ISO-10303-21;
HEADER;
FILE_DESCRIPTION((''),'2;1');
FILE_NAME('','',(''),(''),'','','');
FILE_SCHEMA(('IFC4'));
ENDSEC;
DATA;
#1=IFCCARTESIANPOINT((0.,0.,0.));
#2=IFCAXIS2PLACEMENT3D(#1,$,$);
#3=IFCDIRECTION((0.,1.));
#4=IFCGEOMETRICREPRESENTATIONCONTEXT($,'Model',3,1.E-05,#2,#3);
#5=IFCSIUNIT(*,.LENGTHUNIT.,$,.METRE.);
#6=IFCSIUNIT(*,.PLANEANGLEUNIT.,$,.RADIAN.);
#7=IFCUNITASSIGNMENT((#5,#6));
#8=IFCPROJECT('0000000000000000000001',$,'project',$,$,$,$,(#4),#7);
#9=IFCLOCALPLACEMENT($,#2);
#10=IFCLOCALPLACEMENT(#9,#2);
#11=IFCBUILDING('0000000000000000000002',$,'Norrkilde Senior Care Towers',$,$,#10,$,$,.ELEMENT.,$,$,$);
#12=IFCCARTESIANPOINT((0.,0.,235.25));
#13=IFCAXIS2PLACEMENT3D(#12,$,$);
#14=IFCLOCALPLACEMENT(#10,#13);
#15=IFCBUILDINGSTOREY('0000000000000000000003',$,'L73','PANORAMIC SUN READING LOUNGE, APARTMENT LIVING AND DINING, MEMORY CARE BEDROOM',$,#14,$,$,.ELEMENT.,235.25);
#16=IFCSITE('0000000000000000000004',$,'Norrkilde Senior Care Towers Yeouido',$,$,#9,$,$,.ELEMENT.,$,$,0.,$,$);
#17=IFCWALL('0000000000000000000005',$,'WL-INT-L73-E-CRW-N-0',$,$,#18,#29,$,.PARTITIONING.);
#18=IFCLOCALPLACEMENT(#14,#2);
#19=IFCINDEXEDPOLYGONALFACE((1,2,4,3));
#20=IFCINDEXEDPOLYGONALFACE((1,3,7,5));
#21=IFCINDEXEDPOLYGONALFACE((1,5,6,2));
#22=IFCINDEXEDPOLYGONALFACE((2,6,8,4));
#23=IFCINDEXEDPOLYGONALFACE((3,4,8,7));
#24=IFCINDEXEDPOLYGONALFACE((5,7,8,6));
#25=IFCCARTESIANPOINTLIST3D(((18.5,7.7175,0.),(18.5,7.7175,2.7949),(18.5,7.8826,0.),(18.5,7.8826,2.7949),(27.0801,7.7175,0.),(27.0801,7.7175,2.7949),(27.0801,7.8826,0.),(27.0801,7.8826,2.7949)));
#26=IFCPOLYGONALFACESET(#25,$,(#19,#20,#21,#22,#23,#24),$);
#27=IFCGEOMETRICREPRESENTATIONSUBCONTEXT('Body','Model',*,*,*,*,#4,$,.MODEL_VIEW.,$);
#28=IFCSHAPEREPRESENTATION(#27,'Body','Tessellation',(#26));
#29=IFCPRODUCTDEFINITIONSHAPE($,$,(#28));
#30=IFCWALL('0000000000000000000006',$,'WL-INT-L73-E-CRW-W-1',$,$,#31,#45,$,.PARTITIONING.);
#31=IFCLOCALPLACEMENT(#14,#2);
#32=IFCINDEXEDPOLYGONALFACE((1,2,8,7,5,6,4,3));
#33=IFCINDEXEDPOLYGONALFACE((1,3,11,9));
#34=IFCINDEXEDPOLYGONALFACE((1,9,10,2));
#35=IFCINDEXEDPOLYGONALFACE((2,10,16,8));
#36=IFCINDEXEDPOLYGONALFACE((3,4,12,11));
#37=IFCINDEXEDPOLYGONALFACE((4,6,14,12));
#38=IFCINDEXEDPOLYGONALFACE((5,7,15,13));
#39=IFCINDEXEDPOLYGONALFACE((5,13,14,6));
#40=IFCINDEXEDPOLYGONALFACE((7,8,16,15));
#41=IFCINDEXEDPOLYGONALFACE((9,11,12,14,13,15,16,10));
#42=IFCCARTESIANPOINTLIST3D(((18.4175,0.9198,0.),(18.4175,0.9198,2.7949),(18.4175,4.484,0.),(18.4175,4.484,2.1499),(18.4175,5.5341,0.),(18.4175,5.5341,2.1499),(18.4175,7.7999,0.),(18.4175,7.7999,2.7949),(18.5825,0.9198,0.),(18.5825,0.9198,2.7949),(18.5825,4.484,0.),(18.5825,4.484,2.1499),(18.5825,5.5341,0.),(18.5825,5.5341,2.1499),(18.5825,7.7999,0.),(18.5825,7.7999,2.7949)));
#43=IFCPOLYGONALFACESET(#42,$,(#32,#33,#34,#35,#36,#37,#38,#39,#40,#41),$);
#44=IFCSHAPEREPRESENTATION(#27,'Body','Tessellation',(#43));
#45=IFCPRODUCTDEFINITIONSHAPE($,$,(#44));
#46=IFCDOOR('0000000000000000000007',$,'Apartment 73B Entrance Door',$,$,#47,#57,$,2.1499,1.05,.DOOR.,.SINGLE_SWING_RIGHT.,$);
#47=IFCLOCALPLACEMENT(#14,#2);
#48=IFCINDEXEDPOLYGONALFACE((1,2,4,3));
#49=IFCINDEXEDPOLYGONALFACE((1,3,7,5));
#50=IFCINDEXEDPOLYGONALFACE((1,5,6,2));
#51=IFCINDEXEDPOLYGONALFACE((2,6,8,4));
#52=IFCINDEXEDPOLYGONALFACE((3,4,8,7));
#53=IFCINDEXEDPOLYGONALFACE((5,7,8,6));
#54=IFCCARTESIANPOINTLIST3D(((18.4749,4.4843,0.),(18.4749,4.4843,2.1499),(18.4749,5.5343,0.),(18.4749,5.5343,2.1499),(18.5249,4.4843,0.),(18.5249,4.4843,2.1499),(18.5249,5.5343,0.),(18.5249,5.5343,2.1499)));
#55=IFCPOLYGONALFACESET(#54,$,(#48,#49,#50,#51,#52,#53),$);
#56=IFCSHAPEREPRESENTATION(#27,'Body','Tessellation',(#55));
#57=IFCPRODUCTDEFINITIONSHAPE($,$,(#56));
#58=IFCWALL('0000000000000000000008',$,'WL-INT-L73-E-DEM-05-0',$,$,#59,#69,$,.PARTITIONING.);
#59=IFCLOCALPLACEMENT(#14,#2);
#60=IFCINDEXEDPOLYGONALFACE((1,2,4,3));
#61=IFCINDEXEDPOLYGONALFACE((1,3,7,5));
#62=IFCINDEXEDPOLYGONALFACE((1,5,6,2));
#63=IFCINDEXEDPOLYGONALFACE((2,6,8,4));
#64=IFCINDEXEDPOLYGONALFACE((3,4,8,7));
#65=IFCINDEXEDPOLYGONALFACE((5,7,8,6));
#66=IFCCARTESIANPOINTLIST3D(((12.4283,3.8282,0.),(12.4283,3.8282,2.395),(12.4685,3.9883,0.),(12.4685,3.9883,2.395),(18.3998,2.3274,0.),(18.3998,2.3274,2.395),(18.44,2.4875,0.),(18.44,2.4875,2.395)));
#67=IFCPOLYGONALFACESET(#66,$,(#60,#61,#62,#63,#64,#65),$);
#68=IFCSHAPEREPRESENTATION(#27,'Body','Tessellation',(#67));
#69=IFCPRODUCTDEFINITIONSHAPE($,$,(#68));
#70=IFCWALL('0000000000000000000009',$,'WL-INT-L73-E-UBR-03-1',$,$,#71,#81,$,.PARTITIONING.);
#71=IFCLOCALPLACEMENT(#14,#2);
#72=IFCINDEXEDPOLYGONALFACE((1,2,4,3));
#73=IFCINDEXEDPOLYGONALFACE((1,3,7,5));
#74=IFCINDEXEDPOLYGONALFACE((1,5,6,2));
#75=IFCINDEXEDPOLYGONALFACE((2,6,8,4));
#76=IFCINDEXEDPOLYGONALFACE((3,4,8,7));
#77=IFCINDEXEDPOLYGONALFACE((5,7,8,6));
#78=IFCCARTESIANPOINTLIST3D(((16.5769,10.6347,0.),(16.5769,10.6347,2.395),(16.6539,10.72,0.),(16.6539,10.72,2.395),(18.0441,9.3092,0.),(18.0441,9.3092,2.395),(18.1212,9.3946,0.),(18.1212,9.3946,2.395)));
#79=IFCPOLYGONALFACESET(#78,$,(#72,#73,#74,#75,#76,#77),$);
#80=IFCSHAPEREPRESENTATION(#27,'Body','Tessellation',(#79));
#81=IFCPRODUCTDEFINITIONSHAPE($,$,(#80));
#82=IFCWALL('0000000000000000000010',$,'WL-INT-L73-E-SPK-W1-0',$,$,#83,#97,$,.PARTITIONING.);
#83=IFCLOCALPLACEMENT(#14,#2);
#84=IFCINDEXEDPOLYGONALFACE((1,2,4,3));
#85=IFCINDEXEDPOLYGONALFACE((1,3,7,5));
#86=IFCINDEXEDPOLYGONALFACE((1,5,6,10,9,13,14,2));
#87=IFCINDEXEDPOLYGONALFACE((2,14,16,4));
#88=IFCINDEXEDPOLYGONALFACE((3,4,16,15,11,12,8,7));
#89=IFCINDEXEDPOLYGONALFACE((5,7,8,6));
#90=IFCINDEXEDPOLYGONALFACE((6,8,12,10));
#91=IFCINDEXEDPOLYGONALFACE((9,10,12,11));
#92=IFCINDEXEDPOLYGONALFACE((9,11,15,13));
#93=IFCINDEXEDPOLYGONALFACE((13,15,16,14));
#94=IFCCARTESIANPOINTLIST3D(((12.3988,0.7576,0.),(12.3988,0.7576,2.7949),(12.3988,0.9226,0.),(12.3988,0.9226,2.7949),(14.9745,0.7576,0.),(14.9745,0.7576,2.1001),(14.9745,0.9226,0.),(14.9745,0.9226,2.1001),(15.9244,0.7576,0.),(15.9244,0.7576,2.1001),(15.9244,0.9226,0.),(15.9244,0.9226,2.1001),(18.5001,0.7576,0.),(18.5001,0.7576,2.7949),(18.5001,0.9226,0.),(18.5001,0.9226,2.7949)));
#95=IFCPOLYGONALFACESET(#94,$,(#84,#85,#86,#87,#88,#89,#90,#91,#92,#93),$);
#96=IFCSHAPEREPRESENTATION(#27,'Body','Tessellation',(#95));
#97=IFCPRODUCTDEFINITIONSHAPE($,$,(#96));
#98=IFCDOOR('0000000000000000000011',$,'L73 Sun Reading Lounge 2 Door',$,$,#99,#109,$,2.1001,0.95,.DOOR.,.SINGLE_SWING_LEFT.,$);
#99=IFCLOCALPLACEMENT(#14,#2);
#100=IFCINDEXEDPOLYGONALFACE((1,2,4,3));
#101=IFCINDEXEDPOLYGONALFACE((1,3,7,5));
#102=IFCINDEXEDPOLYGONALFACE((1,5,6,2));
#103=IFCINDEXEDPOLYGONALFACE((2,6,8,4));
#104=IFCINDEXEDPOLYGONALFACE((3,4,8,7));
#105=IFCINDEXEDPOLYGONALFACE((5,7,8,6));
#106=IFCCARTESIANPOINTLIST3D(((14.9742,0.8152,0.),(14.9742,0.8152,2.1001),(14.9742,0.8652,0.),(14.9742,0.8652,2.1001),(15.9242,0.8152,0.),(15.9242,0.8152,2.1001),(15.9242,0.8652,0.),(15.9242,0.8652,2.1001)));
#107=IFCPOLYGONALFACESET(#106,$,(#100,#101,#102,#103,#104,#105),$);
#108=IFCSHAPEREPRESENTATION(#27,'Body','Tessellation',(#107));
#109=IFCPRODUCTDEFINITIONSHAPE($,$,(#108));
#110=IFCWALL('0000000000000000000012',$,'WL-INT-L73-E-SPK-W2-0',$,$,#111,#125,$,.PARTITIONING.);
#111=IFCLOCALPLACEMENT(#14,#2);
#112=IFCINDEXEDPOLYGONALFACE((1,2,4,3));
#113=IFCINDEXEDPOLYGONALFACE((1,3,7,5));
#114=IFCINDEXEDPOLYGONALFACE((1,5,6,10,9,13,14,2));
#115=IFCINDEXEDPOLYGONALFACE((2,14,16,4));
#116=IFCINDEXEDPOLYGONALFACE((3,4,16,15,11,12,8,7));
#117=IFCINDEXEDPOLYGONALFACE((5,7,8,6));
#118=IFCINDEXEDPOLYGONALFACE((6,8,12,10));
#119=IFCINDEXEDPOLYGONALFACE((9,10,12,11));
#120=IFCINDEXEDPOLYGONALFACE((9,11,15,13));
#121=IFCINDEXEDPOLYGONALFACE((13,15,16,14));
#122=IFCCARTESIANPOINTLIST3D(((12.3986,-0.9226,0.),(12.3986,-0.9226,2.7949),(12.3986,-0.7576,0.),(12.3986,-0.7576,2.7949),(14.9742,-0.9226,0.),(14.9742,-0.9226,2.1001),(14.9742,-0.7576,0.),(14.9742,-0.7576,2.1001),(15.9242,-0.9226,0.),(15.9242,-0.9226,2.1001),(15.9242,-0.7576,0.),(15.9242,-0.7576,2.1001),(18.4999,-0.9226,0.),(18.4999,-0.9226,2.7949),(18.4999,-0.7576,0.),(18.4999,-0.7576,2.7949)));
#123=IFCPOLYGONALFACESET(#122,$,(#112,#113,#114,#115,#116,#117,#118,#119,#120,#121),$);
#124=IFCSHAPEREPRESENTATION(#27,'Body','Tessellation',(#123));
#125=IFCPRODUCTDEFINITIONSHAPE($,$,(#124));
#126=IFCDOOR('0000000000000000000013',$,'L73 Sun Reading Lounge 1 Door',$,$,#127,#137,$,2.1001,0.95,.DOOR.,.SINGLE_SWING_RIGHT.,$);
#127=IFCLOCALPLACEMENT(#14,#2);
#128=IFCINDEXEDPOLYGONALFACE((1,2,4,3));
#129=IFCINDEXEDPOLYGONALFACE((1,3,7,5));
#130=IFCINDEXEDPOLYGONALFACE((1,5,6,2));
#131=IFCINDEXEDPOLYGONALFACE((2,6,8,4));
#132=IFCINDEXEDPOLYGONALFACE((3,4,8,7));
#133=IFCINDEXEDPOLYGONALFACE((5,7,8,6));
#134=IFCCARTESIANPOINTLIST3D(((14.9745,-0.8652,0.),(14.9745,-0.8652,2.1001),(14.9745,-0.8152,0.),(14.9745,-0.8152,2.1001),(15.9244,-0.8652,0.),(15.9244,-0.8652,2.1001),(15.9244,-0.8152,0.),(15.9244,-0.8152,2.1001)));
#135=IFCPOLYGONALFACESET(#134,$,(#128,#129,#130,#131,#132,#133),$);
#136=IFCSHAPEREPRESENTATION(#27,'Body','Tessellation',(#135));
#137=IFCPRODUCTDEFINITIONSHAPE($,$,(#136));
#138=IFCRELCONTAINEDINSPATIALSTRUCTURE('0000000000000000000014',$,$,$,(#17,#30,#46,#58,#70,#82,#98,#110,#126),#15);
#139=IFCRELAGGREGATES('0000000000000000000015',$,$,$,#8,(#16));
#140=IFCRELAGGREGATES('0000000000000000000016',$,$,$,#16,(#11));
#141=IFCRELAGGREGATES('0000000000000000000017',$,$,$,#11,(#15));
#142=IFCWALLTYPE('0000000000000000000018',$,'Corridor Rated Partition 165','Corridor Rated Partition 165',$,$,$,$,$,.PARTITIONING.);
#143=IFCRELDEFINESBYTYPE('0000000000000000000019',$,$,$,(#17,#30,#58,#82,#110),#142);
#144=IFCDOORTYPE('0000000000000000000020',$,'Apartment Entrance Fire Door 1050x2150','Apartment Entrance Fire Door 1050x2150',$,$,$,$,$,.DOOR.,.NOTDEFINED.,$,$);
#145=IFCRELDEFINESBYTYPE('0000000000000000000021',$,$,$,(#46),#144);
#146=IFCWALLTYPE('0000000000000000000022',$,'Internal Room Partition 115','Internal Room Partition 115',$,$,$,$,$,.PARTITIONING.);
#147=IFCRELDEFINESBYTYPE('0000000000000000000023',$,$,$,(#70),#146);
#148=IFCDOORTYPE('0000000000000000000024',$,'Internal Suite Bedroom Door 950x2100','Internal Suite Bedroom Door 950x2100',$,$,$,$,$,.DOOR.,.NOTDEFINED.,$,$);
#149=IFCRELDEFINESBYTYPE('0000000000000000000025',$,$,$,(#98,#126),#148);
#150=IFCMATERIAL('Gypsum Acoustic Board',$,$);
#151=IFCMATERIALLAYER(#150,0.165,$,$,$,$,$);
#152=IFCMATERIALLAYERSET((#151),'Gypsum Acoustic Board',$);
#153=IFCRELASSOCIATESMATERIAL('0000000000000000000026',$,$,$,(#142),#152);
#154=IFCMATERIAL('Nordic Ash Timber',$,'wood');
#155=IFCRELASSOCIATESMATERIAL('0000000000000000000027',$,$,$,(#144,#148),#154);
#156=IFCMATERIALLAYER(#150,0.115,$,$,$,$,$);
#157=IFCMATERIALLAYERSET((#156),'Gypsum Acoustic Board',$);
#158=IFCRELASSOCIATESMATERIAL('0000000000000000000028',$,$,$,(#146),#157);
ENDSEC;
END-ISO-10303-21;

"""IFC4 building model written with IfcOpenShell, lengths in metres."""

from ifc_helpers import new_model, si_unit, direction, frame, frame_2d, origin, place, context, subcontext, project, spatial, rectangle, extrude, source, transform, mapped, material, layer, layer_set, type_object, type_shapes, element, fill, save


model = new_model("IFC4")

# Units and contexts
model_context = context("Model", 3, precision=1e-05, world=origin(), true_north=direction((0.0, 1.0)))
body_context = subcontext(model_context, "Body", "Model", "MODEL_VIEW")
ifc_project = project(units=[si_unit("LENGTHUNIT", "METRE"), si_unit("PLANEANGLEUNIT", "RADIAN")], contexts=[model_context])

# Site, building, storey
site_placement = place(None, origin())
site = spatial("IfcSite", under=ifc_project, at=site_placement, Name="Norrkilde Senior Care Towers Yeouido", CompositionType="ELEMENT", RefElevation=0.0)
building_placement = place(site_placement, origin())
building = spatial("IfcBuilding", under=site, at=building_placement, Name="Norrkilde Senior Care Towers", CompositionType="ELEMENT")
storey_placement = place(building_placement, frame((0.0, 0.0, 235.25)))
storey = spatial("IfcBuildingStorey", under=building, at=storey_placement, Name="L73", Description="PANORAMIC SUN READING LOUNGE, APARTMENT LIVING AND DINING, MEMORY CARE BEDROOM", CompositionType="ELEMENT", Elevation=235.25)

# Wall
ifc_material_1 = material(Name="Gypsum Acoustic Board")
ifc_layer_1 = layer(ifc_material_1, 0.165)
ifc_layer_set_1 = layer_set([ifc_layer_1], Name="Gypsum Acoustic Board")
wall_type_1 = type_object("IfcWallType", Name="Corridor Rated Partition 165", Description="Corridor Rated Partition 165", PredefinedType="PARTITIONING", material=ifc_layer_set_1)
shared_shape_1 = source(origin(), body_context, "Body", "SweptSolid", [
    extrude(rectangle(XDim=8.5801, YDim=0.165, at=frame_2d((4.29, 0.0))), origin(), (0.0, 0.0, 1.0), 2.7949),
])
wall_1_placement = place(storey_placement, frame((18.5, 7.8, 0.0), z_axis=(0.0, 0.0, 1.0), x_axis=(1.0, 0.0, 0.0)))
element("IfcWall", 1, at=wall_1_placement, inside=storey, type_object=wall_type_1, Name="WL-INT-L73-E-CRW-N-0", PredefinedType="PARTITIONING", context=body_context, shape_type="MappedRepresentation", body=[
    mapped(shared_shape_1, transform((0.0, 0.0, 0.0), x_axis=(1.0, 0.0, 0.0), y_axis=(0.0, 1.0, 0.0), z_axis=(0.0, 0.0, 1.0), scale=1.0)),
])

# Wall, opening, door
shared_shape_2 = source(origin(), body_context, "Body", "SweptSolid", [
    extrude(rectangle(XDim=6.8801, YDim=0.165, at=frame_2d((3.4399, 0.0))), origin(), (0.0, 0.0, 1.0), 2.7949),
])
wall_2_placement = place(storey_placement, frame((18.5, 0.9199, 0.0), z_axis=(0.0, 0.0, 1.0), x_axis=(0.0, 1.0, 0.0)))
wall_2 = element("IfcWall", 2, at=wall_2_placement, inside=storey, type_object=wall_type_1, Name="WL-INT-L73-E-CRW-W-1", PredefinedType="PARTITIONING", context=body_context, shape_type="MappedRepresentation", body=[
    mapped(shared_shape_2, transform((0.0, 0.0, 0.0), x_axis=(1.0, 0.0, 0.0), y_axis=(0.0, 1.0, 0.0), z_axis=(0.0, 0.0, 1.0), scale=1.0)),
])
opening_1_placement = place(wall_2_placement, frame((3.5642, 0.0, 0.0)))
opening_1 = element("IfcOpeningElement", 3, at=opening_1_placement, cuts=wall_2, PredefinedType="OPENING", context=body_context, shape_type="SweptSolid", body=[
    extrude(rectangle(XDim=1.05, YDim=2.1499, at=frame_2d((0.5249, 1.075))), frame((0.0, 0.0925, 0.0), z_axis=(0.0, -1.0, 0.0), x_axis=(1.0, 0.0, 0.0)), (0.0, 0.0, 1.0), 0.1851),
])
ifc_material_2 = material(Name="Nordic Ash Timber", Category="wood")
door_type_1 = type_object("IfcDoorType", Name="Apartment Entrance Fire Door 1050x2150", Description="Apartment Entrance Fire Door 1050x2150", OperationType="NOTDEFINED", PredefinedType="DOOR", material=ifc_material_2)
shared_shape_3 = source(origin(), body_context, "Body", "SweptSolid", [
    extrude(rectangle(XDim=1.05, YDim=2.1499, at=frame_2d((0.5249, 1.075))), frame((0.0, 0.0249, 0.0), z_axis=(0.0, -1.0, 0.0), x_axis=(1.0, 0.0, 0.0)), (0.0, 0.0, 1.0), 0.05),
])
type_shapes(door_type_1, [shared_shape_3])
door_1_placement = place(opening_1_placement, frame((1.05, 0.0, 0.0), z_axis=(0.0, 0.0, 1.0), x_axis=(-1.0, 0.0, 0.0)))
door_1 = element("IfcDoor", 4, at=door_1_placement, inside=storey, type_object=door_type_1, Name="Apartment 73B Entrance Door", OperationType="SINGLE_SWING_RIGHT", OverallHeight=2.1499, OverallWidth=1.05, PredefinedType="DOOR", context=body_context, shape_type="MappedRepresentation", body=[
    mapped(shared_shape_3, transform((0.0, 0.0, 0.0), x_axis=(1.0, 0.0, 0.0), y_axis=(0.0, 1.0, 0.0), z_axis=(0.0, 0.0, 1.0), scale=1.0)),
])
fill(opening_1, door_1)

# Walls
shared_shape_4 = source(origin(), body_context, "Body", "SweptSolid", [
    extrude(rectangle(XDim=6.1572, YDim=0.165, at=frame_2d((3.0786, 0.0))), origin(), (0.0, 0.0, 1.0), 2.395),
])
wall_3_placement = place(storey_placement, frame((18.4199, 2.4075, 0.0), z_axis=(0.0, 0.0, 1.0), x_axis=(-0.969841, 0.243739, 0.0)))
element("IfcWall", 5, at=wall_3_placement, inside=storey, type_object=wall_type_1, Name="WL-INT-L73-E-DEM-05-0", PredefinedType="PARTITIONING", context=body_context, shape_type="MappedRepresentation", body=[
    mapped(shared_shape_4, transform((0.0, 0.0, 0.0), x_axis=(1.0, 0.0, 0.0), y_axis=(0.0, 1.0, 0.0), z_axis=(0.0, 0.0, 1.0), scale=1.0)),
])
ifc_layer_2 = layer(ifc_material_1, 0.115)
ifc_layer_set_2 = layer_set([ifc_layer_2], Name="Gypsum Acoustic Board")
wall_type_2 = type_object("IfcWallType", Name="Internal Room Partition 115", Description="Internal Room Partition 115", PredefinedType="PARTITIONING", material=ifc_layer_set_2)
shared_shape_5 = source(origin(), body_context, "Body", "SweptSolid", [
    extrude(rectangle(XDim=1.9773, YDim=0.115, at=frame_2d((0.9888, 0.0))), origin(), (0.0, 0.0, 1.0), 2.395),
])
wall_4_placement = place(storey_placement, frame((18.0828, 9.3518, 0.0), z_axis=(0.0, 0.0, 1.0), x_axis=(-0.742065, 0.670328, 0.0)))
element("IfcWall", 6, at=wall_4_placement, inside=storey, type_object=wall_type_2, Name="WL-INT-L73-E-UBR-03-1", PredefinedType="PARTITIONING", context=body_context, shape_type="MappedRepresentation", body=[
    mapped(shared_shape_5, transform((0.0, 0.0, 0.0), x_axis=(1.0, 0.0, 0.0), y_axis=(0.0, 1.0, 0.0), z_axis=(0.0, 0.0, 1.0), scale=1.0)),
])

# Walls, openings, doors
shared_shape_6 = source(origin(), body_context, "Body", "SweptSolid", [
    extrude(rectangle(XDim=6.1013, YDim=0.165, at=frame_2d((3.0508, 0.0))), origin(), (0.0, 0.0, 1.0), 2.7949),
])
type_shapes(wall_type_1, [shared_shape_1, shared_shape_2, shared_shape_4, shared_shape_6])
wall_5_placement = place(storey_placement, frame((12.3987, 0.8401, 0.0), z_axis=(0.0, 0.0, 1.0), x_axis=(1.0, 0.0, 0.0)))
wall_5 = element("IfcWall", 7, at=wall_5_placement, inside=storey, type_object=wall_type_1, Name="WL-INT-L73-E-SPK-W1-0", PredefinedType="PARTITIONING", context=body_context, shape_type="MappedRepresentation", body=[
    mapped(shared_shape_6, transform((0.0, 0.0, 0.0), x_axis=(1.0, 0.0, 0.0), y_axis=(0.0, 1.0, 0.0), z_axis=(0.0, 0.0, 1.0), scale=1.0)),
])
opening_2_placement = place(wall_5_placement, frame((2.5757, 0.0, 0.0)))
opening_2 = element("IfcOpeningElement", 8, at=opening_2_placement, cuts=wall_5, PredefinedType="OPENING", context=body_context, shape_type="SweptSolid", body=[
    extrude(rectangle(XDim=0.95, YDim=2.1001, at=frame_2d((0.4751, 1.05))), frame((0.0, 0.0925, 0.0), z_axis=(0.0, -1.0, 0.0), x_axis=(1.0, 0.0, 0.0)), (0.0, 0.0, 1.0), 0.1851),
])
door_type_2 = type_object("IfcDoorType", Name="Internal Suite Bedroom Door 950x2100", Description="Internal Suite Bedroom Door 950x2100", OperationType="NOTDEFINED", PredefinedType="DOOR", material=ifc_material_2)
shared_shape_7 = source(origin(), body_context, "Body", "SweptSolid", [
    extrude(rectangle(XDim=0.95, YDim=2.1001, at=frame_2d((0.4751, 1.05))), frame((0.0, 0.0249, 0.0), z_axis=(0.0, -1.0, 0.0), x_axis=(1.0, 0.0, 0.0)), (0.0, 0.0, 1.0), 0.05),
])
type_shapes(door_type_2, [shared_shape_7])
door_2_placement = place(opening_2_placement, frame((0.95, 0.0, 0.0), z_axis=(0.0, 0.0, 1.0), x_axis=(-1.0, 0.0, 0.0)))
door_2 = element("IfcDoor", 9, at=door_2_placement, inside=storey, type_object=door_type_2, Name="L73 Sun Reading Lounge 2 Door", OperationType="SINGLE_SWING_LEFT", OverallHeight=2.1001, OverallWidth=0.95, PredefinedType="DOOR", context=body_context, shape_type="MappedRepresentation", body=[
    mapped(shared_shape_7, transform((0.0, 0.0, 0.0), x_axis=(1.0, 0.0, 0.0), y_axis=(0.0, 1.0, 0.0), z_axis=(0.0, 0.0, 1.0), scale=1.0)),
])
fill(opening_2, door_2)
wall_6_placement = place(storey_placement, frame((18.5, -0.8401, 0.0), z_axis=(0.0, 0.0, 1.0), x_axis=(-1.0, 0.0, 0.0)))
wall_6 = element("IfcWall", 10, at=wall_6_placement, inside=storey, type_object=wall_type_1, Name="WL-INT-L73-E-SPK-W2-0", PredefinedType="PARTITIONING", context=body_context, shape_type="MappedRepresentation", body=[
    mapped(shared_shape_6, transform((0.0, 0.0, 0.0), x_axis=(1.0, 0.0, 0.0), y_axis=(0.0, 1.0, 0.0), z_axis=(0.0, 0.0, 1.0), scale=1.0)),
])
opening_3_placement = place(wall_6_placement, frame((2.5757, 0.0, 0.0)))
opening_3 = element("IfcOpeningElement", 11, at=opening_3_placement, cuts=wall_6, PredefinedType="OPENING", context=body_context, shape_type="SweptSolid", body=[
    extrude(rectangle(XDim=0.95, YDim=2.1001, at=frame_2d((0.4751, 1.05))), frame((0.0, 0.0925, 0.0), z_axis=(0.0, -1.0, 0.0), x_axis=(1.0, 0.0, 0.0)), (0.0, 0.0, 1.0), 0.1851),
])
door_3_placement = place(opening_3_placement, frame((0.95, 0.0, 0.0), z_axis=(0.0, 0.0, 1.0), x_axis=(-1.0, 0.0, 0.0)))
door_3 = element("IfcDoor", 12, at=door_3_placement, inside=storey, type_object=door_type_2, Name="L73 Sun Reading Lounge 1 Door", OperationType="SINGLE_SWING_RIGHT", OverallHeight=2.1001, OverallWidth=0.95, PredefinedType="DOOR", context=body_context, shape_type="MappedRepresentation", body=[
    mapped(shared_shape_7, transform((0.0, 0.0, 0.0), x_axis=(1.0, 0.0, 0.0), y_axis=(0.0, 1.0, 0.0), z_axis=(0.0, 0.0, 1.0), scale=1.0)),
])
fill(opening_3, door_3)

save(model, "model.ifc")
